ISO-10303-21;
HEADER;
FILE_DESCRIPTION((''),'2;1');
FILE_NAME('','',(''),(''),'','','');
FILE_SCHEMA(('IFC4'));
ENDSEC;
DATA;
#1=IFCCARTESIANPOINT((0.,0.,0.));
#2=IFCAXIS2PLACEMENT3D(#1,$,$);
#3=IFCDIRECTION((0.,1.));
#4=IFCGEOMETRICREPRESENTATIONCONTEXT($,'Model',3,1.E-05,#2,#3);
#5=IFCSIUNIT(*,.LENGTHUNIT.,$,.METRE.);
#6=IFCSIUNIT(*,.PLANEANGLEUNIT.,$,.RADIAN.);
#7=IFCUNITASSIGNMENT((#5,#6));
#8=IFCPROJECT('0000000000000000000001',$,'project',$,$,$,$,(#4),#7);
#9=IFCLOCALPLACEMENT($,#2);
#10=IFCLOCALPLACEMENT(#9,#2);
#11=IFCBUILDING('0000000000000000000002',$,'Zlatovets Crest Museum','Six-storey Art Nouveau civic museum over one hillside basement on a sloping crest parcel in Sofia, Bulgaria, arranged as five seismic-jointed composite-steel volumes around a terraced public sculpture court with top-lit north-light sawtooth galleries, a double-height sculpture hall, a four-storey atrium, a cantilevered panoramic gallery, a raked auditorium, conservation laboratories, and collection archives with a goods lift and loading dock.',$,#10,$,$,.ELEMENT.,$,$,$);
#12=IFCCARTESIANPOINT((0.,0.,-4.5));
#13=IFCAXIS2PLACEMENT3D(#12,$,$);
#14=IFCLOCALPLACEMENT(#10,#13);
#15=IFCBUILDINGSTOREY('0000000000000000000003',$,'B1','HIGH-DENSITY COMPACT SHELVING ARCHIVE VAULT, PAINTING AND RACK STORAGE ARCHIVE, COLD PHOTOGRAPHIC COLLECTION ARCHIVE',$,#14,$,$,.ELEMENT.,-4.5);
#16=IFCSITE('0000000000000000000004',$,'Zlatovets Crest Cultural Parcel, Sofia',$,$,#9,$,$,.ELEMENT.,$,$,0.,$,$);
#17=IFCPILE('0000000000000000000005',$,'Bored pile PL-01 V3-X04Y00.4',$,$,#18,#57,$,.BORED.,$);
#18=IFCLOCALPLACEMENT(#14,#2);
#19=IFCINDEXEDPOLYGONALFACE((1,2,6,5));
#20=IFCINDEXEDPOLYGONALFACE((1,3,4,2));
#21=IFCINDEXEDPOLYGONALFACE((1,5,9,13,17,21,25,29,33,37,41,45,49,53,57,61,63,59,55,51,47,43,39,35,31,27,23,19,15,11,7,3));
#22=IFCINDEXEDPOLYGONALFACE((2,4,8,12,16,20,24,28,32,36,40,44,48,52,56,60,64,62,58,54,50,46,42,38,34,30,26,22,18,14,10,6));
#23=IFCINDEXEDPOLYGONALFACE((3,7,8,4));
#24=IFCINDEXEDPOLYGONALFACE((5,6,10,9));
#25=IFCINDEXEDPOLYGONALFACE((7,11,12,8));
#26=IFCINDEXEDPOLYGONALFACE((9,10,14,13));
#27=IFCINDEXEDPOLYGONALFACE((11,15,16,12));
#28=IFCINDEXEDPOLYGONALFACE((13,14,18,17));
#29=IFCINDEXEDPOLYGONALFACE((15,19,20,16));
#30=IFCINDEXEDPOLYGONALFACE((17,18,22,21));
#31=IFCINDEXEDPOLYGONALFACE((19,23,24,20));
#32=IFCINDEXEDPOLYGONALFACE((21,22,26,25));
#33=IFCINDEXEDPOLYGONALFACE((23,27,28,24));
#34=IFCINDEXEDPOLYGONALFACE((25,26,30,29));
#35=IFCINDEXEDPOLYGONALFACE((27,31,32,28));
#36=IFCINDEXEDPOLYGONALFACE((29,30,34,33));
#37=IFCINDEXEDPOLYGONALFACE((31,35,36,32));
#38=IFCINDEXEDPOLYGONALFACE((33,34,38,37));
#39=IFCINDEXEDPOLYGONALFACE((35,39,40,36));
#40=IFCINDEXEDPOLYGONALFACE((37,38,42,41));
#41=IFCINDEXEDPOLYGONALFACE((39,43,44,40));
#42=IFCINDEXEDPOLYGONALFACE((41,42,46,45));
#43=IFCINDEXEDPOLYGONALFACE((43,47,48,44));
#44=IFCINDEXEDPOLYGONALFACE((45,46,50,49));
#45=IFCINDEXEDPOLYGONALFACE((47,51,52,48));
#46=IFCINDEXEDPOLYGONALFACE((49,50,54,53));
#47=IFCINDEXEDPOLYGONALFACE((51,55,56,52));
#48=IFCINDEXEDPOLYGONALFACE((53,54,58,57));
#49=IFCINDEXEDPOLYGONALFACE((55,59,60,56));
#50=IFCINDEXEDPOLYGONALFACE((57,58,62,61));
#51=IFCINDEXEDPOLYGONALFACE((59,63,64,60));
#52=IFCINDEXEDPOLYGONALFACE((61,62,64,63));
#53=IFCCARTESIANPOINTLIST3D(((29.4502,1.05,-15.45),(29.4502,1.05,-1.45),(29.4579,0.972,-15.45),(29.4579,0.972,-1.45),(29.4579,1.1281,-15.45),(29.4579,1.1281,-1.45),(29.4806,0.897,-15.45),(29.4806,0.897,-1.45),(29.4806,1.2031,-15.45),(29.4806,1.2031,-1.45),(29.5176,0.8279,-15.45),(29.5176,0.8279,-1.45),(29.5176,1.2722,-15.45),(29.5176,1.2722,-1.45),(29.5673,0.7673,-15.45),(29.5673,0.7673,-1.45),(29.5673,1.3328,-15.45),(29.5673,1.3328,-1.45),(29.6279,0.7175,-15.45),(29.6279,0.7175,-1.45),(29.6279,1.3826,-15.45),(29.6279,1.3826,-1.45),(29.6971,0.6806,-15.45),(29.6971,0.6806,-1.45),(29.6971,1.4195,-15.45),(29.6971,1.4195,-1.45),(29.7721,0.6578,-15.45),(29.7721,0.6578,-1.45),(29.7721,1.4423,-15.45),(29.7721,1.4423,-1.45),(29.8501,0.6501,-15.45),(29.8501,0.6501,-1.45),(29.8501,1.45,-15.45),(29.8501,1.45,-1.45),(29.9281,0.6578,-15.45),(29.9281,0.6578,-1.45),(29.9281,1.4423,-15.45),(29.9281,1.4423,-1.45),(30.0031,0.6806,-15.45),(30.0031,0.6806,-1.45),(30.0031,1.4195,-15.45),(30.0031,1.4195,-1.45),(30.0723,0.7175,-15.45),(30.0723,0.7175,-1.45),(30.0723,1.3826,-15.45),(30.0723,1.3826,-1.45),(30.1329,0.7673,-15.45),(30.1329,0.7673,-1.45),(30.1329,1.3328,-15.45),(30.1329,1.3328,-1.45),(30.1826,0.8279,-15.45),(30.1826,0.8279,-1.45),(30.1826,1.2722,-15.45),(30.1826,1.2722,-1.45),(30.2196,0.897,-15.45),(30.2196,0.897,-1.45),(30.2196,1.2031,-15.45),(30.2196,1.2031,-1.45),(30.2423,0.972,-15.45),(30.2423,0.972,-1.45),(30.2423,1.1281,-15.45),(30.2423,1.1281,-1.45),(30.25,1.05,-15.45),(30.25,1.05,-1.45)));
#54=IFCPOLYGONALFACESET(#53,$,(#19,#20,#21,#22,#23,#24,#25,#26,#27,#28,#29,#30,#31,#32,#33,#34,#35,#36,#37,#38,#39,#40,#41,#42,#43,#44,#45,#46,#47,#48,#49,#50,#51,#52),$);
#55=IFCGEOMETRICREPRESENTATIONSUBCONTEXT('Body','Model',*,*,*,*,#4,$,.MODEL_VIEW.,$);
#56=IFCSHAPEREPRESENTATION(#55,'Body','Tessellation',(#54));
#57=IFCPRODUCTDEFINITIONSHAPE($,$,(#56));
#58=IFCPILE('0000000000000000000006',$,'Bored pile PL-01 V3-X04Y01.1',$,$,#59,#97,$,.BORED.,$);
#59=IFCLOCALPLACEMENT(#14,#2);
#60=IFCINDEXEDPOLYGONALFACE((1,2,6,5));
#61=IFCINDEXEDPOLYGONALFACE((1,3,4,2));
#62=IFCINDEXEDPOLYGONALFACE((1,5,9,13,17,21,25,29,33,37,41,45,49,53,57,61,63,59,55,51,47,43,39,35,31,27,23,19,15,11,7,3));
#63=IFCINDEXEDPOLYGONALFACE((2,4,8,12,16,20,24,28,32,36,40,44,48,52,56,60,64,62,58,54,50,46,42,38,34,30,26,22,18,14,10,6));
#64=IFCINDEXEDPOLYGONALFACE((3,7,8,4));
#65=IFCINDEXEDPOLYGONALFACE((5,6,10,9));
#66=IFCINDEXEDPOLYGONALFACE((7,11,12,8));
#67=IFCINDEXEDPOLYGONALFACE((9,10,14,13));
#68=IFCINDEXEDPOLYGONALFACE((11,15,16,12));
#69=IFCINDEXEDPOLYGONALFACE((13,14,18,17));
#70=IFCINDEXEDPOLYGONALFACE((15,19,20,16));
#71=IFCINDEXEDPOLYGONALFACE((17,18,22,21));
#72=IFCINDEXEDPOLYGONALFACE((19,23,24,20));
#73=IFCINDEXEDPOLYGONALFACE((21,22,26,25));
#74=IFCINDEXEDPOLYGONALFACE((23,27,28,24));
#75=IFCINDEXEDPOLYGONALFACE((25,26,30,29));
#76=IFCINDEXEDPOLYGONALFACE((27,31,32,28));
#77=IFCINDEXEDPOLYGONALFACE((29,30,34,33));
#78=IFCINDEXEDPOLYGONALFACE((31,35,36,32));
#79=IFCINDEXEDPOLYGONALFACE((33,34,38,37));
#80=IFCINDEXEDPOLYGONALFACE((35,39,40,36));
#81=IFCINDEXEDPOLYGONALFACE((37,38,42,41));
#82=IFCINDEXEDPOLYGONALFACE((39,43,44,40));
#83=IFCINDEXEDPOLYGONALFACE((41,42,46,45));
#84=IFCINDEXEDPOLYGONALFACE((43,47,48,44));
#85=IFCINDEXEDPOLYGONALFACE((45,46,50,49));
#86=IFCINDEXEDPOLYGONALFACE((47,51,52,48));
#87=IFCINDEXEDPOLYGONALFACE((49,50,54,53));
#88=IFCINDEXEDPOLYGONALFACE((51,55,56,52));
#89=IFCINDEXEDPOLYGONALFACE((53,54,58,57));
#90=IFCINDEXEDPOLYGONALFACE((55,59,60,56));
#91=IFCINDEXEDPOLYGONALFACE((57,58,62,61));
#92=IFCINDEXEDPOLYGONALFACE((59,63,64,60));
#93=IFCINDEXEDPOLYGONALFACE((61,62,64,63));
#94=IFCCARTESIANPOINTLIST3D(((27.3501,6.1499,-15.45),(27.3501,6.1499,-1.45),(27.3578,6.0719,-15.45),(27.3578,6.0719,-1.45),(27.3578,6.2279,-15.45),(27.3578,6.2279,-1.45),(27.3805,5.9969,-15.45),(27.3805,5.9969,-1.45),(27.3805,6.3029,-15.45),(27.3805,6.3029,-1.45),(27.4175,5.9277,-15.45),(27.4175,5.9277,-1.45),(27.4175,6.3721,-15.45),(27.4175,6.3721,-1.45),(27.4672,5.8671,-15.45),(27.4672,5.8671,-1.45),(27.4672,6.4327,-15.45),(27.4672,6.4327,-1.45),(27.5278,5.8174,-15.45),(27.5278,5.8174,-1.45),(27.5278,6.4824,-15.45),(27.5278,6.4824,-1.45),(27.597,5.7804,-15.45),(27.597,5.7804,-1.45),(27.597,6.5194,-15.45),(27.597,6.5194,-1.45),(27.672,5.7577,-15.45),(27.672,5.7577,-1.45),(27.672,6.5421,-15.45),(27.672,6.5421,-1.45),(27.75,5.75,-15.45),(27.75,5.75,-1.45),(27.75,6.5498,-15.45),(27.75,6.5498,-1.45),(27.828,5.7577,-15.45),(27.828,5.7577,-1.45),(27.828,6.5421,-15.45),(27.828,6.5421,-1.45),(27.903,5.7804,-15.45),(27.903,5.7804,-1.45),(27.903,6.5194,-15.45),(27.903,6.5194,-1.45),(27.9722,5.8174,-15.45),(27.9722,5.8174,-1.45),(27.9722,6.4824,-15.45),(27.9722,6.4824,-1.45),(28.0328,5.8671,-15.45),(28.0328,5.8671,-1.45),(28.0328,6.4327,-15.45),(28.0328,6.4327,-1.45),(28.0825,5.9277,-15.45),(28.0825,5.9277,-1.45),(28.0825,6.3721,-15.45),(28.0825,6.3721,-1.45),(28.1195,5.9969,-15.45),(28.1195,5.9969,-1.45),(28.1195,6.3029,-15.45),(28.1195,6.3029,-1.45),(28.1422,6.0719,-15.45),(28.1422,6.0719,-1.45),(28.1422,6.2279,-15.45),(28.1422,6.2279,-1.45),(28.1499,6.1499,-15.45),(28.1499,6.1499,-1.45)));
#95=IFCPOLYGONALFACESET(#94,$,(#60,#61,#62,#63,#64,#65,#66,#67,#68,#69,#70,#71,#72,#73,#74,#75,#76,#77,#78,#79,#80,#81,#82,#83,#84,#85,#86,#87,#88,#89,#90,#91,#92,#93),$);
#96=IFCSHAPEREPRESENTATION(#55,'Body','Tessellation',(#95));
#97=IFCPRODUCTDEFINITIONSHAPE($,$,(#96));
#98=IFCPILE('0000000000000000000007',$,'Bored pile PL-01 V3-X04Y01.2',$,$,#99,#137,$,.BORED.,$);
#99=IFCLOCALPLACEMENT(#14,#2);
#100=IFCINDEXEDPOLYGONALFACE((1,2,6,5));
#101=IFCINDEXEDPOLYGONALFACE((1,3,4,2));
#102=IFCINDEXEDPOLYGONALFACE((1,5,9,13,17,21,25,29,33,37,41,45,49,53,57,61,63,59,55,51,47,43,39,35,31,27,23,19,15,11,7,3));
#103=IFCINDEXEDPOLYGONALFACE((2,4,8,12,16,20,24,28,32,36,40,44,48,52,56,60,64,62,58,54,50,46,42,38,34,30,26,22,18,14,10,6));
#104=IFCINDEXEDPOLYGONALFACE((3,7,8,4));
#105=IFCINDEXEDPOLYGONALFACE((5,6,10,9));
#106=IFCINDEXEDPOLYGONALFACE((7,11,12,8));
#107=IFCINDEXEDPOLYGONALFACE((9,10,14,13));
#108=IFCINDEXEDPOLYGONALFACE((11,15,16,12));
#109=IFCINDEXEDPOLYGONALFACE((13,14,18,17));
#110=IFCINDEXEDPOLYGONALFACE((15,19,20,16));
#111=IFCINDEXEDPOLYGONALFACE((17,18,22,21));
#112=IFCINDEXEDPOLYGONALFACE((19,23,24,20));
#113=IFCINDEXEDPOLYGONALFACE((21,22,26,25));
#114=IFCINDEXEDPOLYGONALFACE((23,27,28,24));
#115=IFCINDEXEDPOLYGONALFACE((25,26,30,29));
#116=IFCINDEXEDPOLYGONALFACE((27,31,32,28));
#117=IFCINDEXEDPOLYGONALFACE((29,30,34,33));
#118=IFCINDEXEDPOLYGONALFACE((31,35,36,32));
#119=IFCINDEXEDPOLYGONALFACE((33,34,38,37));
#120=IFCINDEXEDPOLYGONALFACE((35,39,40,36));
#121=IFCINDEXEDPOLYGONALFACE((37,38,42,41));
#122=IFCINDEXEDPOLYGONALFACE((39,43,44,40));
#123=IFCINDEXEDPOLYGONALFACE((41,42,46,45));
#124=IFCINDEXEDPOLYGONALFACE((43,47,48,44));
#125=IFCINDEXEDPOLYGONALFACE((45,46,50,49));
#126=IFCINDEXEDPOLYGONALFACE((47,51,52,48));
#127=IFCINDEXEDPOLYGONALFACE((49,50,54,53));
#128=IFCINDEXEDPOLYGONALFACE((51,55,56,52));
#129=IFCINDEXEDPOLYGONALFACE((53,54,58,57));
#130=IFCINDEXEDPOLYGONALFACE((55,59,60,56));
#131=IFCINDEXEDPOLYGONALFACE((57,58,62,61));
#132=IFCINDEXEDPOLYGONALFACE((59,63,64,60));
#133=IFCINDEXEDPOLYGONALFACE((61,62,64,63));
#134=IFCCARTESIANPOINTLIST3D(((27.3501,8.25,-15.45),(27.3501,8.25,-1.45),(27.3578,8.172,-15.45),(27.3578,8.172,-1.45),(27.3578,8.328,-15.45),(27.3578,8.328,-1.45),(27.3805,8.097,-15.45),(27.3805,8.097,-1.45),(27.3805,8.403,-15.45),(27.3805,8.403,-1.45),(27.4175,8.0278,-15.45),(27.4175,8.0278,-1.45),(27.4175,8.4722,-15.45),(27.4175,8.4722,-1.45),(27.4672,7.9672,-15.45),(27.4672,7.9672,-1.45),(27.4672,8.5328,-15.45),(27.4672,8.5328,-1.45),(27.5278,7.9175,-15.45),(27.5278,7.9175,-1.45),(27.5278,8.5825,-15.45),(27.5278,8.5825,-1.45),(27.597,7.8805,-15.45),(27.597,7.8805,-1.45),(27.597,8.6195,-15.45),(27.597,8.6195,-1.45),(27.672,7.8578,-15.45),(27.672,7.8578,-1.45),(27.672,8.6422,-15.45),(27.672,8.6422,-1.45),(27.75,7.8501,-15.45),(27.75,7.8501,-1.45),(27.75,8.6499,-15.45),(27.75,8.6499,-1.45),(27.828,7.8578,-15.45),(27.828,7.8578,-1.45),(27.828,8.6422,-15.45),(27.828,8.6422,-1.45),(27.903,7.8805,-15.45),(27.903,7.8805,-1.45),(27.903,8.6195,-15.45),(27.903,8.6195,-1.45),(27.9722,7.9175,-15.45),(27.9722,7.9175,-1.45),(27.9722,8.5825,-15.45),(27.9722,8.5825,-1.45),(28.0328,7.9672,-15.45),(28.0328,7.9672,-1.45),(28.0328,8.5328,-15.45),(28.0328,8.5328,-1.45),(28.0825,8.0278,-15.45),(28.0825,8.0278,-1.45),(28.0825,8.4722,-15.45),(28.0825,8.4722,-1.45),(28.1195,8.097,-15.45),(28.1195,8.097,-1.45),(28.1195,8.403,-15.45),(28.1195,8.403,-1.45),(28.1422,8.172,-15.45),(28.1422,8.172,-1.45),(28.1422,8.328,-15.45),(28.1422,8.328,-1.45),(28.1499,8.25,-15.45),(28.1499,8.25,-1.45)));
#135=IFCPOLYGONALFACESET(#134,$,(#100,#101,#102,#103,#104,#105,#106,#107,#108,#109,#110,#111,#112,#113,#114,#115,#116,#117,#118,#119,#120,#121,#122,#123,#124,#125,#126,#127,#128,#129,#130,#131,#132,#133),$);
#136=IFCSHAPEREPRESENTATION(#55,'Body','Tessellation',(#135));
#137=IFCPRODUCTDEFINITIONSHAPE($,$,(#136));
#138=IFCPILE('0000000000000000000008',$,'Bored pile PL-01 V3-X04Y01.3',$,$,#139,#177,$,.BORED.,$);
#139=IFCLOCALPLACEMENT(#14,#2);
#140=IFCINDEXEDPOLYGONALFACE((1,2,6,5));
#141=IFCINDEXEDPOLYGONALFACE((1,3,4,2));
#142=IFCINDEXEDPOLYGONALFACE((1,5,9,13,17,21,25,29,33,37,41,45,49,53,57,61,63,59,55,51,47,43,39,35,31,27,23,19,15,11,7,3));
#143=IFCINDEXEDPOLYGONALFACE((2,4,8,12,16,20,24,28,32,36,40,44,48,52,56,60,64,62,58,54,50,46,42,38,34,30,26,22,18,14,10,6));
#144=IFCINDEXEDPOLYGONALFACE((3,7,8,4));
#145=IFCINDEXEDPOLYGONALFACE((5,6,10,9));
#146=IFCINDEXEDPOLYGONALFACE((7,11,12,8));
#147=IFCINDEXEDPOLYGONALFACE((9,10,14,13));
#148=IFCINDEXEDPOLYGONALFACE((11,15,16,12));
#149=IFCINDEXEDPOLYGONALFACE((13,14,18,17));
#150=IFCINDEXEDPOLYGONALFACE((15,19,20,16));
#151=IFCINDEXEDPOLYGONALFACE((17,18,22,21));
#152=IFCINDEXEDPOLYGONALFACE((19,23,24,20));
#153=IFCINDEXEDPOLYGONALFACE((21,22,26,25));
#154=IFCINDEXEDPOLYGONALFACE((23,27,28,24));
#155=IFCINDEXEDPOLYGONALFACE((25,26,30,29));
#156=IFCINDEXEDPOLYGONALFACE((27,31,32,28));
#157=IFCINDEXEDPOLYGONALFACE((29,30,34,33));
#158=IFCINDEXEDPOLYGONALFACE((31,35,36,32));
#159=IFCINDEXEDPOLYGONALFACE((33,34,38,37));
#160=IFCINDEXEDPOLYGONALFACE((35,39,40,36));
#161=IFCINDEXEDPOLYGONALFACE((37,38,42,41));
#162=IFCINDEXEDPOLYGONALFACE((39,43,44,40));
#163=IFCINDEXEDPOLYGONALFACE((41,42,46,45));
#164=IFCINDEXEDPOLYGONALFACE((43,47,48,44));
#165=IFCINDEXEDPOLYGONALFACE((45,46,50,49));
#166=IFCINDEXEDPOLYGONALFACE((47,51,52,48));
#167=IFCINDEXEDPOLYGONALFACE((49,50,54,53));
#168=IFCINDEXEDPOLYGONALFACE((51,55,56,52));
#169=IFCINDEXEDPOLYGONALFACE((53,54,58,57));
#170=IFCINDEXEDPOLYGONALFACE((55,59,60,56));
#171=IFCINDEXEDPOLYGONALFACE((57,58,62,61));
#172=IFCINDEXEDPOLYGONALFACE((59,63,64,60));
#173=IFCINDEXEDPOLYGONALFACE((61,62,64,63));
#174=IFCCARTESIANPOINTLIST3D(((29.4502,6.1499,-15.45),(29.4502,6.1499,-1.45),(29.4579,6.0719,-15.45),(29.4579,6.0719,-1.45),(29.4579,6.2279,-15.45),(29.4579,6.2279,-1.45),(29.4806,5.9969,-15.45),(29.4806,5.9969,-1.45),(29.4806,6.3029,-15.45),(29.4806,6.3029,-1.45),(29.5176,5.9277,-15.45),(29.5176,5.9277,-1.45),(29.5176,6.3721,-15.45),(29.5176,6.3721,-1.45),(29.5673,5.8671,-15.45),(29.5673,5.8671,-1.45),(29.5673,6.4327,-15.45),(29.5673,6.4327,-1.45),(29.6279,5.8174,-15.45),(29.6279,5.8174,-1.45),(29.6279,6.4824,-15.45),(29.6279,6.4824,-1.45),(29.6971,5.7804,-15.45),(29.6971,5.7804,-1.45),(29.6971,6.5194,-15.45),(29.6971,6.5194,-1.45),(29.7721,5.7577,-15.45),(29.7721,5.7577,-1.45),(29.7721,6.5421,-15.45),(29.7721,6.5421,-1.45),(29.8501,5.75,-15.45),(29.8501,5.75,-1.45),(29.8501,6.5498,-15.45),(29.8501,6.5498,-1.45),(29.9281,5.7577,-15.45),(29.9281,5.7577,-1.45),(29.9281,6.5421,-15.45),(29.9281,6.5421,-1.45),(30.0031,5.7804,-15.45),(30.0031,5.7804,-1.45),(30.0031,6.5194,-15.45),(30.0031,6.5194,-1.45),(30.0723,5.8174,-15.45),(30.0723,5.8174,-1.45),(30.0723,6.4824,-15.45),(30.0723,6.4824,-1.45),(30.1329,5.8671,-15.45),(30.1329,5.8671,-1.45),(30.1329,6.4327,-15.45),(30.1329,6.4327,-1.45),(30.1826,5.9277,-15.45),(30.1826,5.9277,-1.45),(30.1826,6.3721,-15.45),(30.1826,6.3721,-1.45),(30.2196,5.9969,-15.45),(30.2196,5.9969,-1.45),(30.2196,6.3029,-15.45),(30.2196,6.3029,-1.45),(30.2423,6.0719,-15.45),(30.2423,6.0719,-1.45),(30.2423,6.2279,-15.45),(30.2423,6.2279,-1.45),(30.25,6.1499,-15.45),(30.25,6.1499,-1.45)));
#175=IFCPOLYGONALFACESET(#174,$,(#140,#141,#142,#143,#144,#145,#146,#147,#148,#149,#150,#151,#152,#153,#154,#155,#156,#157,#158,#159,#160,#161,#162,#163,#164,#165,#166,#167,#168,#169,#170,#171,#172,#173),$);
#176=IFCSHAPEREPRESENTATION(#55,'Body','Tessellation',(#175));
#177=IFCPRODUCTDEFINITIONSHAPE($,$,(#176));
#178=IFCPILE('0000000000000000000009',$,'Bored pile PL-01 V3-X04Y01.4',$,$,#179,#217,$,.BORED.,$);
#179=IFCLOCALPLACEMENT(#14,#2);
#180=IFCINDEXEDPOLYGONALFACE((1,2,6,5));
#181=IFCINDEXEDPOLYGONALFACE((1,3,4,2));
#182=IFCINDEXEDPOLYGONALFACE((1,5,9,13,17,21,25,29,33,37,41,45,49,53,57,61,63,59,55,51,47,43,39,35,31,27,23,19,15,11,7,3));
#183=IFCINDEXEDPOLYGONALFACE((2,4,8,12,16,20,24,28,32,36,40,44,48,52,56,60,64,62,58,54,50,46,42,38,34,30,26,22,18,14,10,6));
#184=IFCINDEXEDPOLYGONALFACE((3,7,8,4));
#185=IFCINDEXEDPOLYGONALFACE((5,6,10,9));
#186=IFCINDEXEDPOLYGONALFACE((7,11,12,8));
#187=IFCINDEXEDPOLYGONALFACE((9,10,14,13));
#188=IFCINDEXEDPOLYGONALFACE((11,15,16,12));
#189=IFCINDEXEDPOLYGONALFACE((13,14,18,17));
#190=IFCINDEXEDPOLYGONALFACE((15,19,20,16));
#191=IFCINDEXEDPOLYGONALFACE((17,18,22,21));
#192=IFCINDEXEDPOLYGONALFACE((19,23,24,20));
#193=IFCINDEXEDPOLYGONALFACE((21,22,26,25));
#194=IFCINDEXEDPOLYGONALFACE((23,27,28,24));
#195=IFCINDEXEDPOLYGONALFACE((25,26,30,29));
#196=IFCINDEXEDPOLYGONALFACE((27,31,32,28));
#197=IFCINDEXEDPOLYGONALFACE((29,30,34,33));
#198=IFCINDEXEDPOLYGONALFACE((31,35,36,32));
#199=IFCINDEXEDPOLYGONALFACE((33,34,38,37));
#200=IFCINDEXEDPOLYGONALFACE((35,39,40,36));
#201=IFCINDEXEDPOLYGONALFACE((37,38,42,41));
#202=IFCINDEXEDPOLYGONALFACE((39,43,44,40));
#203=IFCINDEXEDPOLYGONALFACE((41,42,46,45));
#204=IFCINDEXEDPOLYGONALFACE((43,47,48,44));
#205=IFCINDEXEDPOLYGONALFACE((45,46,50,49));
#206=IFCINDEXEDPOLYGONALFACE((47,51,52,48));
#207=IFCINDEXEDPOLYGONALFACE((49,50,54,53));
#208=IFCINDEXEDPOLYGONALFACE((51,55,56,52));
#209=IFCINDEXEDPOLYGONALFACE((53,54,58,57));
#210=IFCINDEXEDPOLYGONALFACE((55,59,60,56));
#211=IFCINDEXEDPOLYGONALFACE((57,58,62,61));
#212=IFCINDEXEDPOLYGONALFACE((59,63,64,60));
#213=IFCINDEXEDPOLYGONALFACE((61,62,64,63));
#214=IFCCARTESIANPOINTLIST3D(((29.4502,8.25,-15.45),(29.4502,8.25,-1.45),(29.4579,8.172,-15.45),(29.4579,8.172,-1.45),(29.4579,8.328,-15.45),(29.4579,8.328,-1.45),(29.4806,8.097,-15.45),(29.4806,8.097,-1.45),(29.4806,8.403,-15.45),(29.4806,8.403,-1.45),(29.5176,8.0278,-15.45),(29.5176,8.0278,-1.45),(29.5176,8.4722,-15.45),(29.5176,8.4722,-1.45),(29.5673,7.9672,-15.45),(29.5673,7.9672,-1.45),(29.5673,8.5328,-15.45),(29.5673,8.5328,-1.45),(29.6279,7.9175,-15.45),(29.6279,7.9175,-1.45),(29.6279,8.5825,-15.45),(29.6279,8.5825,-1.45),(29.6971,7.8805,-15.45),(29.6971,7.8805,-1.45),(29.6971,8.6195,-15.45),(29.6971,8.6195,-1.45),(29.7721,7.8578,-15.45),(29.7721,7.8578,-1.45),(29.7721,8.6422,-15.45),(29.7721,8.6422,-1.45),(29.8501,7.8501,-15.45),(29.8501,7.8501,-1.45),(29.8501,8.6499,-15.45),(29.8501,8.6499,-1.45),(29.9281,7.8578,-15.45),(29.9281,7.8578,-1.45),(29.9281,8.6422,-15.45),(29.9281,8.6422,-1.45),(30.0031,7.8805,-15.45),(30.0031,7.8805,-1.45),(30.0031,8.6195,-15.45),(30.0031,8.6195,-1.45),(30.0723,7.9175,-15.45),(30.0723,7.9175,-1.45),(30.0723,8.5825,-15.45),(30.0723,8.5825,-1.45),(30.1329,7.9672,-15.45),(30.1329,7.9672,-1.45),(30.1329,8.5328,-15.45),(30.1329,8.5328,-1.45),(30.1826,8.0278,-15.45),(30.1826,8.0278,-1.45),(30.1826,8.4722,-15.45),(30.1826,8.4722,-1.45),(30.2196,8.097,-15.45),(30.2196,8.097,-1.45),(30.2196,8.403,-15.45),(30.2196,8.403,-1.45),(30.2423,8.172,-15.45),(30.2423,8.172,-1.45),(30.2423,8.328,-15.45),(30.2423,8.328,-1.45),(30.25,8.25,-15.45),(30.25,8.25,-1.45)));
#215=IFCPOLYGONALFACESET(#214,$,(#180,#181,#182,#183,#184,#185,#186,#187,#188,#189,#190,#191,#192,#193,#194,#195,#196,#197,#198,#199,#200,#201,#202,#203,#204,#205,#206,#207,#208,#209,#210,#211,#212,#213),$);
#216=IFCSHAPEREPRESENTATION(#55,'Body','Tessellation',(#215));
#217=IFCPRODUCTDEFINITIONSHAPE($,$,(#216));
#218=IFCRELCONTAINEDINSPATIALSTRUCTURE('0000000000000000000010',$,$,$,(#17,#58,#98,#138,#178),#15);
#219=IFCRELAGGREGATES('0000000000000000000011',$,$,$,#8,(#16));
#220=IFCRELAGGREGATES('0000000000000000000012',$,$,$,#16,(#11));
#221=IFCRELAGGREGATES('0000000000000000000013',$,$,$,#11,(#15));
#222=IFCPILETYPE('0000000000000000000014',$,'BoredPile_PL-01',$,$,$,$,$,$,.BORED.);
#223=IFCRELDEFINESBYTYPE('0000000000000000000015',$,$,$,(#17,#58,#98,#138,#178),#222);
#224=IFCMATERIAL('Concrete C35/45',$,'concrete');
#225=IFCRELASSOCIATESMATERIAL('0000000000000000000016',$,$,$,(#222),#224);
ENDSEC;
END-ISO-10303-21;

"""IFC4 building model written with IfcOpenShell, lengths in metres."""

from ifc_helpers import new_model, si_unit, direction, frame, origin, origin_2d, place, context, subcontext, project, spatial, circle, extrude, material, material_profile, profile_set, type_object, element, save


model = new_model("IFC4")

# Units and contexts
model_context = context("Model", 3, precision=1e-05, world=origin(), true_north=direction((0.0, 1.0)))
body_context = subcontext(model_context, "Body", "Model", "MODEL_VIEW")
ifc_project = project(units=[si_unit("LENGTHUNIT", "METRE"), si_unit("PLANEANGLEUNIT", "RADIAN")], contexts=[model_context])

# Site, building, storey
site_placement = place(None, origin())
site = spatial("IfcSite", under=ifc_project, at=site_placement, Name="Zlatovets Crest Cultural Parcel, Sofia", CompositionType="ELEMENT", RefElevation=0.0)
building_placement = place(site_placement, origin())
building = spatial("IfcBuilding", under=site, at=building_placement, Name="Zlatovets Crest Museum", Description="Six-storey Art Nouveau civic museum over one hillside basement on a sloping crest parcel in Sofia, Bulgaria, arranged as five seismic-jointed composite-steel volumes around a terraced public sculpture court with top-lit north-light sawtooth galleries, a double-height sculpture hall, a four-storey atrium, a cantilevered panoramic gallery, a raked auditorium, conservation laboratories, and collection archives with a goods lift and loading dock.", CompositionType="ELEMENT")
storey_placement = place(building_placement, frame((0.0, 0.0, -4.5)))
storey = spatial("IfcBuildingStorey", under=building, at=storey_placement, Name="B1", Description="HIGH-DENSITY COMPACT SHELVING ARCHIVE VAULT, PAINTING AND RACK STORAGE ARCHIVE, COLD PHOTOGRAPHIC COLLECTION ARCHIVE", CompositionType="ELEMENT", Elevation=-4.5)

# Piles
ifc_material = material(Name="Concrete C35/45", Category="concrete")
ifc_material_profile_1 = material_profile(ifc_material, circle(Radius=0.3999, at=origin_2d()), Name="PILE D800")
ifc_profile_set_1 = profile_set([ifc_material_profile_1], Name="Concrete C35/45")
pile_type = type_object("IfcPileType", Name="BoredPile_PL-01", PredefinedType="BORED", material=ifc_profile_set_1)
for number, where, z_axis, x_axis, name in (
    (1, (29.8501, 1.05, -1.45), (0.0, 0.0, -1.0), (1.0, 0.0, 0.0), "Bored pile PL-01 V3-X04Y00.4"),
    (2, (27.75, 6.1499, -1.45), (0.0, 0.0, -1.0), (1.0, 0.0, 0.0), "Bored pile PL-01 V3-X04Y01.1"),
    (3, (27.75, 8.25, -1.45), (0.0, 0.0, -1.0), (1.0, 0.0, 0.0), "Bored pile PL-01 V3-X04Y01.2"),
    (4, (29.8501, 6.1499, -1.45), (0.0, 0.0, -1.0), (1.0, 0.0, 0.0), "Bored pile PL-01 V3-X04Y01.3"),
    (5, (29.8501, 8.25, -1.45), (0.0, 0.0, -1.0), (1.0, 0.0, 0.0), "Bored pile PL-01 V3-X04Y01.4"),
):
    element("IfcPile", number, at=place(storey_placement, frame(where, z_axis=z_axis, x_axis=x_axis)), inside=storey, type_object=pile_type, Name=name, PredefinedType="BORED", context=body_context, shape_type="SweptSolid", body=[
        extrude(circle(Radius=0.3999, at=origin_2d()), origin(), (0.0, 0.0, 1.0), 14.0),
    ])

save(model, "model.ifc")
